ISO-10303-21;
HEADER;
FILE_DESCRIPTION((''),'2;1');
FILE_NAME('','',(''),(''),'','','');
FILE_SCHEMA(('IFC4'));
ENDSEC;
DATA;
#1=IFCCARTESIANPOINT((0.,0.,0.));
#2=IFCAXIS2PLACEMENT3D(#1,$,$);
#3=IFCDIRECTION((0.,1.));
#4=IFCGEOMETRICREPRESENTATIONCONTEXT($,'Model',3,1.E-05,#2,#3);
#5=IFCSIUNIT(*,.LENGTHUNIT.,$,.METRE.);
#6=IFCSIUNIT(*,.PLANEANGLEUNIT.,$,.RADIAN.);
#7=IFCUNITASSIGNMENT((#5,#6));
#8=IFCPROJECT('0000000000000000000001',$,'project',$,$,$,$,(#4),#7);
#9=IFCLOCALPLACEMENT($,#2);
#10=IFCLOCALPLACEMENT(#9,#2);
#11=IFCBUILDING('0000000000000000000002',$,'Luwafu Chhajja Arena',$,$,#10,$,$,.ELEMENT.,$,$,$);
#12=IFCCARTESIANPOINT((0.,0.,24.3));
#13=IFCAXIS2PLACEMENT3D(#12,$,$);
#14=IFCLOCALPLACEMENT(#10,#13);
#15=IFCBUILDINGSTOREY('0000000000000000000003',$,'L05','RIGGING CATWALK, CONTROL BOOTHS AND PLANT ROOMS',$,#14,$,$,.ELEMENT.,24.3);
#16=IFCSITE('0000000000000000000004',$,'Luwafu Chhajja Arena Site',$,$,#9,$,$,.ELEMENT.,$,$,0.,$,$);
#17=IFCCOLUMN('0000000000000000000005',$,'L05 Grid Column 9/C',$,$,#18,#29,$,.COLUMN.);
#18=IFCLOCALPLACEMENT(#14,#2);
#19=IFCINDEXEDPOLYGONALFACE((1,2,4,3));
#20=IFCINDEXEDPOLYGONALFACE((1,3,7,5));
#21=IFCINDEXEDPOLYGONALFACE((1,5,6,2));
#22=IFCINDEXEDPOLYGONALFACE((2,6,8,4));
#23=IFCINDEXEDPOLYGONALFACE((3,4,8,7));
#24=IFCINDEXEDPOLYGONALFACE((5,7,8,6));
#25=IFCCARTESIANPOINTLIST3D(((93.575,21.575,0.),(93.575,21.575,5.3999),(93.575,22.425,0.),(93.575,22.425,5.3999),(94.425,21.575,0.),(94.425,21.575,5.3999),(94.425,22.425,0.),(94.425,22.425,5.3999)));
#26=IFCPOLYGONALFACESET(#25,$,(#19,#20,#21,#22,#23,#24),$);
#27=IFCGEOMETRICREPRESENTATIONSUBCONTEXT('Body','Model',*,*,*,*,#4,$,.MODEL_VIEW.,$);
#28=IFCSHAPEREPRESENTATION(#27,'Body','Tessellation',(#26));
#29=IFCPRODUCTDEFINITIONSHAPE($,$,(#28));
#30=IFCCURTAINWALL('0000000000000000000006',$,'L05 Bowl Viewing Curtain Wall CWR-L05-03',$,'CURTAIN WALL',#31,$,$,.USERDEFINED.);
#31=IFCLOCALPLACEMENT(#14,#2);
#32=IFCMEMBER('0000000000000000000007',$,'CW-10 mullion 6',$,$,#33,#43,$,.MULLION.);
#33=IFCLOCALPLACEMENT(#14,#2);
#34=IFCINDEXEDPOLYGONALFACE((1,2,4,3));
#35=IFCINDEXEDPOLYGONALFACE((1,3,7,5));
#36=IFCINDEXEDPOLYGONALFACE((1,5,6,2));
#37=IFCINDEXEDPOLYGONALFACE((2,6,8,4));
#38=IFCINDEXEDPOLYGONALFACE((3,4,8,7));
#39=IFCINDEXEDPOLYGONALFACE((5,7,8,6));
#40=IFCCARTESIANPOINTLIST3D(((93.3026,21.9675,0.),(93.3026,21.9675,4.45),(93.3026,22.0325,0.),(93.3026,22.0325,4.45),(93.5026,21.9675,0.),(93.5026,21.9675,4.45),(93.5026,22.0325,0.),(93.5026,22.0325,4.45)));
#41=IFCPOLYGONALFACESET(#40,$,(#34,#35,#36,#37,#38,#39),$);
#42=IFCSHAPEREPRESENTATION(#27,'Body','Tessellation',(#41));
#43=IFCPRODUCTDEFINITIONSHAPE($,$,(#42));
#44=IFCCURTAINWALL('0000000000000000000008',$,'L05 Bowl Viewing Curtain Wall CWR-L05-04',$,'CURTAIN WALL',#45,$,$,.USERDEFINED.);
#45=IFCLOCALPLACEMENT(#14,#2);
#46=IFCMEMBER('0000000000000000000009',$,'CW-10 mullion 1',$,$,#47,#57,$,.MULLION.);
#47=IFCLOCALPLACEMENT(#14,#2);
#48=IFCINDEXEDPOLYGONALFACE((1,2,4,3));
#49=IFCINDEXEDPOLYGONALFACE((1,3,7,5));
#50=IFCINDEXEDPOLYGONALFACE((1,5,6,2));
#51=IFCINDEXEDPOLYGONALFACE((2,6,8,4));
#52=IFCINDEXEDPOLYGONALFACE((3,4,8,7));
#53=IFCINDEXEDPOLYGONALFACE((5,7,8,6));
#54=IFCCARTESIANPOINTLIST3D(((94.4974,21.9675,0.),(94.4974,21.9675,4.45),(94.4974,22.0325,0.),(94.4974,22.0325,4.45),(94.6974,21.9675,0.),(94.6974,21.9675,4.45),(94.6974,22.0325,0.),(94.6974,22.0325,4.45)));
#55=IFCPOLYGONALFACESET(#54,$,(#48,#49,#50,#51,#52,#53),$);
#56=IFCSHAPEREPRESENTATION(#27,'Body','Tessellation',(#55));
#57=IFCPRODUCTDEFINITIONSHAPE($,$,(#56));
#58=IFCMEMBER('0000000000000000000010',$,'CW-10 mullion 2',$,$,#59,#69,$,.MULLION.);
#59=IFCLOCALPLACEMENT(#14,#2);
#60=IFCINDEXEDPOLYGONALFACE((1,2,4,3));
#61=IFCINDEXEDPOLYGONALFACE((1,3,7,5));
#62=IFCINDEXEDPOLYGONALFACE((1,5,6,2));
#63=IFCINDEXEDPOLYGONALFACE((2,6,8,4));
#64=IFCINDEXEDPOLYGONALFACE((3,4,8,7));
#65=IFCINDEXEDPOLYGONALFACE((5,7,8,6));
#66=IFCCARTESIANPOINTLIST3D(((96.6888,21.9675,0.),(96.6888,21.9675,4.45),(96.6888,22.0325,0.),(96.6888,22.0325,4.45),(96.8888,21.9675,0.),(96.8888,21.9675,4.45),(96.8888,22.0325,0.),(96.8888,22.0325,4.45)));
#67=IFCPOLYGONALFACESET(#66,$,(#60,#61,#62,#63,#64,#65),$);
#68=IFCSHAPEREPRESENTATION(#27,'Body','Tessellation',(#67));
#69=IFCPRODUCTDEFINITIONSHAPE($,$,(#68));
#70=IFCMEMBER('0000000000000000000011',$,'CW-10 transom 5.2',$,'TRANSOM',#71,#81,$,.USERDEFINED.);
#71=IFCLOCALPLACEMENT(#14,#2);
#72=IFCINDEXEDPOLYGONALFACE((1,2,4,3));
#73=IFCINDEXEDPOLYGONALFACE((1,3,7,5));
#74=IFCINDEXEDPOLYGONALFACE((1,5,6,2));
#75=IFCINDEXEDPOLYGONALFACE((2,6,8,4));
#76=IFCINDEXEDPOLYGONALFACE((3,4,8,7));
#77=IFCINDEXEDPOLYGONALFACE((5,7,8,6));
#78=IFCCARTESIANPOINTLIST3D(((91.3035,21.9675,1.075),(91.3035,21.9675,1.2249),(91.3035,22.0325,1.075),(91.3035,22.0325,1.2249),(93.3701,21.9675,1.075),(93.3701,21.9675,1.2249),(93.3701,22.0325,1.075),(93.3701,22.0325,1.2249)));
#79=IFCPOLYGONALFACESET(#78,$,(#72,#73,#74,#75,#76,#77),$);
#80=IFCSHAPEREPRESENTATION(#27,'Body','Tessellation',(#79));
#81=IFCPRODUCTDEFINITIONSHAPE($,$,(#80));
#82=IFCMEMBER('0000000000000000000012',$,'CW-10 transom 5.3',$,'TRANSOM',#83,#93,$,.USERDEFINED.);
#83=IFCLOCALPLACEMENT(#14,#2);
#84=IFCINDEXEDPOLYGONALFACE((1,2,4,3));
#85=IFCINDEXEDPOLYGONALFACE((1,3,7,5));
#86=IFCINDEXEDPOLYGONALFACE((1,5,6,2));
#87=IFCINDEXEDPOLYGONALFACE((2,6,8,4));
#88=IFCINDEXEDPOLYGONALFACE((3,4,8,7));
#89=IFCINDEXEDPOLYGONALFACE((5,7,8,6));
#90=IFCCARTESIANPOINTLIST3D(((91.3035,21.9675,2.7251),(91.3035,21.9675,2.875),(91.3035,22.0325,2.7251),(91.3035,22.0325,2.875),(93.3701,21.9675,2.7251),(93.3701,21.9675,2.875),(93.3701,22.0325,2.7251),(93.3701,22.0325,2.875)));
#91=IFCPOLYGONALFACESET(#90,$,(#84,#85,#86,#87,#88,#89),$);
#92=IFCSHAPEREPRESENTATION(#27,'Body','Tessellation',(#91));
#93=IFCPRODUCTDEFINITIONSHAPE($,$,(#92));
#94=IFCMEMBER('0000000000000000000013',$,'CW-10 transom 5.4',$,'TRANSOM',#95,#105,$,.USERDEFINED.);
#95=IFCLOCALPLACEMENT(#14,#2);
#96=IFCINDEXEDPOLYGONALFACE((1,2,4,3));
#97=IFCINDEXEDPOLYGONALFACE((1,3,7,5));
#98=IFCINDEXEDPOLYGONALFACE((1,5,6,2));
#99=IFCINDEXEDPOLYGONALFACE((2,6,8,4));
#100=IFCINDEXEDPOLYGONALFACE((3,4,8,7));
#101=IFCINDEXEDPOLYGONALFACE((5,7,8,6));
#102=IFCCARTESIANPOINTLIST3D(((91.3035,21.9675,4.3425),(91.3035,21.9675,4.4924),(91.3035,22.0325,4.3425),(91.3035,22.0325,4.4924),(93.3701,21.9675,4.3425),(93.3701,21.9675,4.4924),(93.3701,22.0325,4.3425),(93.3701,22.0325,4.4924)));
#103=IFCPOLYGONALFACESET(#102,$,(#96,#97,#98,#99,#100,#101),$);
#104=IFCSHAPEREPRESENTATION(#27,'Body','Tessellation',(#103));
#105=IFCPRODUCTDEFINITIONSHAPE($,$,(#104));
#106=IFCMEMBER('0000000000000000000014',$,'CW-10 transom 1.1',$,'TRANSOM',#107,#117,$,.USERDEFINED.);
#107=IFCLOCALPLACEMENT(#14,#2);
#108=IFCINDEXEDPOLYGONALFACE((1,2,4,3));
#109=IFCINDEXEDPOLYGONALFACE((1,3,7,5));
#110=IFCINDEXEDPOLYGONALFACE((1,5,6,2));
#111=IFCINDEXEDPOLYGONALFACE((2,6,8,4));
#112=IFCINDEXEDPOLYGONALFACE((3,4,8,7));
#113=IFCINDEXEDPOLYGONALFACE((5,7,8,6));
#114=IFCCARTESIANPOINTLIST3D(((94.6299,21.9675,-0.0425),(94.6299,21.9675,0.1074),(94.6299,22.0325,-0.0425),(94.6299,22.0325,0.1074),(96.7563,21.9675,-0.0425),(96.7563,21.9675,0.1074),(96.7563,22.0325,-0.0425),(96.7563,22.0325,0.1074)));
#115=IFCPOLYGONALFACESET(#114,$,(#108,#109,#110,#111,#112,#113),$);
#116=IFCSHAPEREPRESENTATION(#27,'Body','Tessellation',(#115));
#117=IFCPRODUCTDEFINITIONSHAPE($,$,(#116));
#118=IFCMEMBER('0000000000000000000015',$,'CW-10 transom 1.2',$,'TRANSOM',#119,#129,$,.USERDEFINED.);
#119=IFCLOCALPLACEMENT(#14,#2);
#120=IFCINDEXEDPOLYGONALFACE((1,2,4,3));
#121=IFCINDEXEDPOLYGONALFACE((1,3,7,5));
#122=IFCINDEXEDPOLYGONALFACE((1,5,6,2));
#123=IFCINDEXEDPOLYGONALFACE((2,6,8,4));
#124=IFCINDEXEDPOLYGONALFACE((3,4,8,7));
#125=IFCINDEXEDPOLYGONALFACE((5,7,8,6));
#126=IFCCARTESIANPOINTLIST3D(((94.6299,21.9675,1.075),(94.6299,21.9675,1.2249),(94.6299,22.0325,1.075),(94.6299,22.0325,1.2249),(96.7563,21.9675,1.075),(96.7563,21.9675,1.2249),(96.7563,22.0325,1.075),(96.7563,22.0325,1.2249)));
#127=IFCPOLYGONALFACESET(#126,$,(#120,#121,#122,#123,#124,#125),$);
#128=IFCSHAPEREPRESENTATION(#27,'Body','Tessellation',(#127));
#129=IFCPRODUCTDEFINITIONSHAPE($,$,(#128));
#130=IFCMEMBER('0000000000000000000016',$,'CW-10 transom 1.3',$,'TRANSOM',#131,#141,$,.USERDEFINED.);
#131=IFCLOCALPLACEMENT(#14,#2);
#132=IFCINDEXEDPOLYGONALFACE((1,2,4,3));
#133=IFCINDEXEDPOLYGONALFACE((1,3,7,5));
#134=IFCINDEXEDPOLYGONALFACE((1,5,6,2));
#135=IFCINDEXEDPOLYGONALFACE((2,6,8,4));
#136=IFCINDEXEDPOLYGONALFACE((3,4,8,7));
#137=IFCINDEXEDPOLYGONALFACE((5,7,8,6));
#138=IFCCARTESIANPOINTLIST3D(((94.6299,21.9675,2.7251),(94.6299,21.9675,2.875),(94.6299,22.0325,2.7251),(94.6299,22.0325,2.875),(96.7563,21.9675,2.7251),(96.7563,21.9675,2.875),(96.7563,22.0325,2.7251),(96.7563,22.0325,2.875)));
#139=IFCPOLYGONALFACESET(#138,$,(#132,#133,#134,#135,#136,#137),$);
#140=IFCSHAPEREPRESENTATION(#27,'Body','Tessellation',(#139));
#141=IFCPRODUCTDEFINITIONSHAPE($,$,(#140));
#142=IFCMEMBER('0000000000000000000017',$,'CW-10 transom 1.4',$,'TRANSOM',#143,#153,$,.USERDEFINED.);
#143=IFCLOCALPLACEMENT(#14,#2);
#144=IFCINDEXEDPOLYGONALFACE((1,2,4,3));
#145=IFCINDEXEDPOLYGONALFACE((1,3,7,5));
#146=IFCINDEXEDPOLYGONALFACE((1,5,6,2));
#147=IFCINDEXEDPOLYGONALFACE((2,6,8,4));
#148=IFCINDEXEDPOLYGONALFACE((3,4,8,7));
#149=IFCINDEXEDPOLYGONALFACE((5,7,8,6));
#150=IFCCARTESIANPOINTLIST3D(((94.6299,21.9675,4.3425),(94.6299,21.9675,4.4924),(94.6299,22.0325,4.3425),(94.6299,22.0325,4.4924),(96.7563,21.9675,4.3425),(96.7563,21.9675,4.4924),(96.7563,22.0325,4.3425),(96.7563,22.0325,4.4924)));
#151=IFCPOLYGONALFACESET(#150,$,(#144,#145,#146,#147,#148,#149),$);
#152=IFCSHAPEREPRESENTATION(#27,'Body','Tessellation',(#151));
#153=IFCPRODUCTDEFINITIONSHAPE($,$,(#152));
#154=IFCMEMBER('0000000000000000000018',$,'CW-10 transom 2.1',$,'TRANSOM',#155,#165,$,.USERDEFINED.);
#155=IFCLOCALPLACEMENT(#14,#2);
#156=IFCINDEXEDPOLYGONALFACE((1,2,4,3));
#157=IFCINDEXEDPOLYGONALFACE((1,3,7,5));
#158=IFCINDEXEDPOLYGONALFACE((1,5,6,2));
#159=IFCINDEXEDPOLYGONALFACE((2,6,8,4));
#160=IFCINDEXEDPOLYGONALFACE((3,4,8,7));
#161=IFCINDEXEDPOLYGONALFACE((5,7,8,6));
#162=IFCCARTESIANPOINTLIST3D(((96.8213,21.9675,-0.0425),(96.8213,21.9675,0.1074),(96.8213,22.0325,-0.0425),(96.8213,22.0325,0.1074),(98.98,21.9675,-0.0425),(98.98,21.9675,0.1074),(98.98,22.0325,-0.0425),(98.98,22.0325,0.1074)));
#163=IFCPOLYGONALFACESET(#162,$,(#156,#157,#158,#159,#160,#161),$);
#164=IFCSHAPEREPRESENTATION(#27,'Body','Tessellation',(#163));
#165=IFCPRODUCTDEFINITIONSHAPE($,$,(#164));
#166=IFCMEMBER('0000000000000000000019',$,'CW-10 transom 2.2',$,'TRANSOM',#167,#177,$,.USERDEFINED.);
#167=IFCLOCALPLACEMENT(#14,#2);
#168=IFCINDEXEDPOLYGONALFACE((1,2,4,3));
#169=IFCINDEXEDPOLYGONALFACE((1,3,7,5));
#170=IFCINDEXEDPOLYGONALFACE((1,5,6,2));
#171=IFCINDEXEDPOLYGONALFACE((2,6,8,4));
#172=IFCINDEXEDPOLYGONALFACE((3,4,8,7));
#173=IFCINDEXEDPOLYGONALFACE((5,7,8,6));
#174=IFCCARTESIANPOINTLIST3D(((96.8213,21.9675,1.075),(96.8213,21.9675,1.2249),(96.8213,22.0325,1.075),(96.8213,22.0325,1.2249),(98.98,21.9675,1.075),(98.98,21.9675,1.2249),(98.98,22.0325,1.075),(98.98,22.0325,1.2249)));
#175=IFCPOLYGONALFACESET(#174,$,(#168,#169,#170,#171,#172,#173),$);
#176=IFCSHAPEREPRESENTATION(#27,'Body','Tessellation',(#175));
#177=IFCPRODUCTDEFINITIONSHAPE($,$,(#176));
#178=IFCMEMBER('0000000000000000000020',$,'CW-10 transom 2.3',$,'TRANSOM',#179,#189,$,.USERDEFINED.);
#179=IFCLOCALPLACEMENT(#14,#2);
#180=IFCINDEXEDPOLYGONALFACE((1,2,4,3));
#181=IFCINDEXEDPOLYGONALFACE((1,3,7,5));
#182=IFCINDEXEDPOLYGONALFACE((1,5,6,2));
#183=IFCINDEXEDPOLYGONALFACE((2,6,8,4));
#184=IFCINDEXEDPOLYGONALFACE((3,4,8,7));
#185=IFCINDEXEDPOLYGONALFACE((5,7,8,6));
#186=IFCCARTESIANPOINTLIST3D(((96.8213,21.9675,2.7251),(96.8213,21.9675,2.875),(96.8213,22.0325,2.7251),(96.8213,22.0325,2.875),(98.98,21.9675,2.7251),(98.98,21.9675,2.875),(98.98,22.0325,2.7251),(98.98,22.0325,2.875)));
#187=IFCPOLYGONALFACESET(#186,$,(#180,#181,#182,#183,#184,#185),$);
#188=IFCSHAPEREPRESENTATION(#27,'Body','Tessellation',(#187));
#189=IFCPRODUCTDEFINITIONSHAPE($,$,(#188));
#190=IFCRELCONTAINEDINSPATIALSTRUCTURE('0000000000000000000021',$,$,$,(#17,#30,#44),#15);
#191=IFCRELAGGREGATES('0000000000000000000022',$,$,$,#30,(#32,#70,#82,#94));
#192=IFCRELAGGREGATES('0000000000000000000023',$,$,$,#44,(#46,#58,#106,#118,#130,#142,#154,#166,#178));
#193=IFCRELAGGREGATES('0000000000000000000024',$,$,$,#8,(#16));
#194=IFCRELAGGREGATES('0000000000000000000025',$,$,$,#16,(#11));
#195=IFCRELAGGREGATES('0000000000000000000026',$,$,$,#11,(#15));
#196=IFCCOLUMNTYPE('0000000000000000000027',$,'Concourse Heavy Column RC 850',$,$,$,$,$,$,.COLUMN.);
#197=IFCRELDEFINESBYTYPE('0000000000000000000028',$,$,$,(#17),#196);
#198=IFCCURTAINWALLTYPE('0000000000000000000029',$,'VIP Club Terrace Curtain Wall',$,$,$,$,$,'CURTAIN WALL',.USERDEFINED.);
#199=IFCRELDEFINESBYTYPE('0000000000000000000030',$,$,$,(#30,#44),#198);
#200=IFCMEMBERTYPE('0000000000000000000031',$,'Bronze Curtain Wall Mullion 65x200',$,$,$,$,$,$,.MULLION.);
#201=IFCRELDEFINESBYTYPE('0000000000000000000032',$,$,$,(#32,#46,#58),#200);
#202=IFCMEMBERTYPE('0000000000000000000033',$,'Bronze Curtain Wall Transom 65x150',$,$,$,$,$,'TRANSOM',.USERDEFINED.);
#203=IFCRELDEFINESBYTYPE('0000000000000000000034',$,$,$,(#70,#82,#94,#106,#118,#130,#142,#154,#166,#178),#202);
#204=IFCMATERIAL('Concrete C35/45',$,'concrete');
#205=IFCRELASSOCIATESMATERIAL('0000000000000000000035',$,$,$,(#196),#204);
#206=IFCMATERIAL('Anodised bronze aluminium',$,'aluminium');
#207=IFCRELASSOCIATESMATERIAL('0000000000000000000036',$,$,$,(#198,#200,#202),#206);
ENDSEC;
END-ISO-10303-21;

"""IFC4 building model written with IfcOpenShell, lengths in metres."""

from ifc_helpers import new_model, si_unit, direction, frame, origin, origin_2d, place, context, subcontext, project, spatial, rectangle, extrude, material, material_profile, profile_set, type_object, element, aggregate, save


model = new_model("IFC4")

# Units and contexts
model_context = context("Model", 3, precision=1e-05, world=origin(), true_north=direction((0.0, 1.0)))
body_context = subcontext(model_context, "Body", "Model", "MODEL_VIEW")
ifc_project = project(units=[si_unit("LENGTHUNIT", "METRE"), si_unit("PLANEANGLEUNIT", "RADIAN")], contexts=[model_context])

# Site, building, storey
site_placement = place(None, origin())
site = spatial("IfcSite", under=ifc_project, at=site_placement, Name="Luwafu Chhajja Arena Site", CompositionType="ELEMENT", RefElevation=0.0)
building_placement = place(site_placement, origin())
building = spatial("IfcBuilding", under=site, at=building_placement, Name="Luwafu Chhajja Arena", CompositionType="ELEMENT")
storey_placement = place(building_placement, frame((0.0, 0.0, 24.3)))
storey = spatial("IfcBuildingStorey", under=building, at=storey_placement, Name="L05", Description="RIGGING CATWALK, CONTROL BOOTHS AND PLANT ROOMS", CompositionType="ELEMENT", Elevation=24.3)

# Column
ifc_material_1 = material(Name="Concrete C35/45", Category="concrete")
ifc_material_profile_1 = material_profile(ifc_material_1, rectangle(XDim=0.8501, YDim=0.8501, at=origin_2d()), Name="RC 850x850")
ifc_profile_set_1 = profile_set([ifc_material_profile_1], Name="Concrete C35/45")
column_type = type_object("IfcColumnType", Name="Concourse Heavy Column RC 850", PredefinedType="COLUMN", material=ifc_profile_set_1)
column_placement = place(storey_placement, frame((94.0, 22.0, 0.0), z_axis=(0.0, 0.0, 1.0), x_axis=(1.0, 0.0, 0.0)))
element("IfcColumn", 1, at=column_placement, inside=storey, type_object=column_type, Name="L05 Grid Column 9/C", PredefinedType="COLUMN", context=body_context, shape_type="SweptSolid", body=[
    extrude(rectangle(XDim=0.8501, YDim=0.8501, at=origin_2d()), origin(), (0.0, 0.0, 1.0), 5.3999),
])

# Curtain wall, member
ifc_material_2 = material(Name="Anodised bronze aluminium", Category="aluminium")
curtain_wall_type = type_object("IfcCurtainWallType", Name="VIP Club Terrace Curtain Wall", ElementType="CURTAIN WALL", PredefinedType="USERDEFINED", material=ifc_material_2)
curtain_wall_1_placement = place(storey_placement, origin())
curtain_wall_1 = element("IfcCurtainWall", 2, at=curtain_wall_1_placement, inside=storey, type_object=curtain_wall_type, Name="L05 Bowl Viewing Curtain Wall CWR-L05-03", ObjectType="CURTAIN WALL", PredefinedType="USERDEFINED")
ifc_material_profile_2 = material_profile(ifc_material_2, rectangle(XDim=0.0649, YDim=0.2, at=origin_2d()), Name="CWM 65x200")
ifc_profile_set_2 = profile_set([ifc_material_profile_2], Name="Anodised bronze aluminium")
member_type_1 = type_object("IfcMemberType", Name="Bronze Curtain Wall Mullion 65x200", PredefinedType="MULLION", material=ifc_profile_set_2)
member_1_placement = place(storey_placement, frame((93.4026, 22.0, 0.0), z_axis=(0.0, 0.0, 1.0), x_axis=(0.0, 1.0, 0.0)))
member_1 = element("IfcMember", 3, at=member_1_placement, type_object=member_type_1, Name="CW-10 mullion 6", PredefinedType="MULLION", context=body_context, shape_type="SweptSolid", body=[
    extrude(rectangle(XDim=0.0649, YDim=0.2, at=origin_2d()), origin(), (0.0, 0.0, 1.0), 4.45),
])

# Curtain wall, members
curtain_wall_2_placement = place(storey_placement, origin())
curtain_wall_2 = element("IfcCurtainWall", 4, at=curtain_wall_2_placement, inside=storey, type_object=curtain_wall_type, Name="L05 Bowl Viewing Curtain Wall CWR-L05-04", ObjectType="CURTAIN WALL", PredefinedType="USERDEFINED")
member_2_placement = place(storey_placement, frame((94.5974, 22.0, 0.0), z_axis=(0.0, 0.0, 1.0), x_axis=(0.0, 1.0, 0.0)))
member_2 = element("IfcMember", 5, at=member_2_placement, type_object=member_type_1, Name="CW-10 mullion 1", PredefinedType="MULLION", context=body_context, shape_type="SweptSolid", body=[
    extrude(rectangle(XDim=0.0649, YDim=0.2, at=origin_2d()), origin(), (0.0, 0.0, 1.0), 4.45),
])
member_3_placement = place(storey_placement, frame((96.7888, 22.0, 0.0), z_axis=(0.0, 0.0, 1.0), x_axis=(0.0, 1.0, 0.0)))
member_3 = element("IfcMember", 6, at=member_3_placement, type_object=member_type_1, Name="CW-10 mullion 2", PredefinedType="MULLION", context=body_context, shape_type="SweptSolid", body=[
    extrude(rectangle(XDim=0.0649, YDim=0.2, at=origin_2d()), origin(), (0.0, 0.0, 1.0), 4.45),
])

# Members
ifc_material_profile_3 = material_profile(ifc_material_2, rectangle(XDim=0.0649, YDim=0.1499, at=origin_2d()), Name="CWT 65x150")
ifc_profile_set_3 = profile_set([ifc_material_profile_3], Name="Anodised bronze aluminium")
member_type_2 = type_object("IfcMemberType", Name="Bronze Curtain Wall Transom 65x150", ElementType="TRANSOM", PredefinedType="USERDEFINED", material=ifc_profile_set_3)
member_4_placement = place(storey_placement, frame((91.3035, 22.0, 1.1499), z_axis=(1.0, 0.0, 0.0), x_axis=(0.0, 1.0, 0.0)))
member_4 = element("IfcMember", 7, at=member_4_placement, type_object=member_type_2, Name="CW-10 transom 5.2", ObjectType="TRANSOM", PredefinedType="USERDEFINED", context=body_context, shape_type="SweptSolid", body=[
    extrude(rectangle(XDim=0.0649, YDim=0.1499, at=origin_2d()), origin(), (0.0, 0.0, 1.0), 2.0667),
])
member_5_placement = place(storey_placement, frame((91.3035, 22.0, 2.8), z_axis=(1.0, 0.0, 0.0), x_axis=(0.0, 1.0, 0.0)))
member_5 = element("IfcMember", 8, at=member_5_placement, type_object=member_type_2, Name="CW-10 transom 5.3", ObjectType="TRANSOM", PredefinedType="USERDEFINED", context=body_context, shape_type="SweptSolid", body=[
    extrude(rectangle(XDim=0.0649, YDim=0.1499, at=origin_2d()), origin(), (0.0, 0.0, 1.0), 2.0667),
])
member_6_placement = place(storey_placement, frame((91.3035, 22.0, 4.4175), z_axis=(1.0, 0.0, 0.0), x_axis=(0.0, 1.0, 0.0)))
member_6 = element("IfcMember", 9, at=member_6_placement, type_object=member_type_2, Name="CW-10 transom 5.4", ObjectType="TRANSOM", PredefinedType="USERDEFINED", context=body_context, shape_type="SweptSolid", body=[
    extrude(rectangle(XDim=0.0649, YDim=0.1499, at=origin_2d()), origin(), (0.0, 0.0, 1.0), 2.0667),
])
member_7_placement = place(storey_placement, frame((94.6299, 22.0, 0.0325), z_axis=(1.0, 0.0, 0.0), x_axis=(0.0, 1.0, 0.0)))
member_7 = element("IfcMember", 10, at=member_7_placement, type_object=member_type_2, Name="CW-10 transom 1.1", ObjectType="TRANSOM", PredefinedType="USERDEFINED", context=body_context, shape_type="SweptSolid", body=[
    extrude(rectangle(XDim=0.0649, YDim=0.1499, at=origin_2d()), origin(), (0.0, 0.0, 1.0), 2.1265),
])
member_8_placement = place(storey_placement, frame((94.6299, 22.0, 1.1499), z_axis=(1.0, 0.0, 0.0), x_axis=(0.0, 1.0, 0.0)))
member_8 = element("IfcMember", 11, at=member_8_placement, type_object=member_type_2, Name="CW-10 transom 1.2", ObjectType="TRANSOM", PredefinedType="USERDEFINED", context=body_context, shape_type="SweptSolid", body=[
    extrude(rectangle(XDim=0.0649, YDim=0.1499, at=origin_2d()), origin(), (0.0, 0.0, 1.0), 2.1265),
])
member_9_placement = place(storey_placement, frame((94.6299, 22.0, 2.8), z_axis=(1.0, 0.0, 0.0), x_axis=(0.0, 1.0, 0.0)))
member_9 = element("IfcMember", 12, at=member_9_placement, type_object=member_type_2, Name="CW-10 transom 1.3", ObjectType="TRANSOM", PredefinedType="USERDEFINED", context=body_context, shape_type="SweptSolid", body=[
    extrude(rectangle(XDim=0.0649, YDim=0.1499, at=origin_2d()), origin(), (0.0, 0.0, 1.0), 2.1265),
])
member_10_placement = place(storey_placement, frame((94.6299, 22.0, 4.4175), z_axis=(1.0, 0.0, 0.0), x_axis=(0.0, 1.0, 0.0)))
member_10 = element("IfcMember", 13, at=member_10_placement, type_object=member_type_2, Name="CW-10 transom 1.4", ObjectType="TRANSOM", PredefinedType="USERDEFINED", context=body_context, shape_type="SweptSolid", body=[
    extrude(rectangle(XDim=0.0649, YDim=0.1499, at=origin_2d()), origin(), (0.0, 0.0, 1.0), 2.1265),
])
member_11_placement = place(storey_placement, frame((96.8213, 22.0, 0.0325), z_axis=(1.0, 0.0, 0.0), x_axis=(0.0, 1.0, 0.0)))
member_11 = element("IfcMember", 14, at=member_11_placement, type_object=member_type_2, Name="CW-10 transom 2.1", ObjectType="TRANSOM", PredefinedType="USERDEFINED", context=body_context, shape_type="SweptSolid", body=[
    extrude(rectangle(XDim=0.0649, YDim=0.1499, at=origin_2d()), origin(), (0.0, 0.0, 1.0), 2.1587),
])
member_12_placement = place(storey_placement, frame((96.8213, 22.0, 1.1499), z_axis=(1.0, 0.0, 0.0), x_axis=(0.0, 1.0, 0.0)))
member_12 = element("IfcMember", 15, at=member_12_placement, type_object=member_type_2, Name="CW-10 transom 2.2", ObjectType="TRANSOM", PredefinedType="USERDEFINED", context=body_context, shape_type="SweptSolid", body=[
    extrude(rectangle(XDim=0.0649, YDim=0.1499, at=origin_2d()), origin(), (0.0, 0.0, 1.0), 2.1587),
])
member_13_placement = place(storey_placement, frame((96.8213, 22.0, 2.8), z_axis=(1.0, 0.0, 0.0), x_axis=(0.0, 1.0, 0.0)))
member_13 = element("IfcMember", 16, at=member_13_placement, type_object=member_type_2, Name="CW-10 transom 2.3", ObjectType="TRANSOM", PredefinedType="USERDEFINED", context=body_context, shape_type="SweptSolid", body=[
    extrude(rectangle(XDim=0.0649, YDim=0.1499, at=origin_2d()), origin(), (0.0, 0.0, 1.0), 2.1587),
])

aggregate(curtain_wall_1, [member_1, member_4, member_5, member_6])
aggregate(curtain_wall_2, [member_2, member_3, member_7, member_8, member_9, member_10, member_11, member_12, member_13])

save(model, "model.ifc")
